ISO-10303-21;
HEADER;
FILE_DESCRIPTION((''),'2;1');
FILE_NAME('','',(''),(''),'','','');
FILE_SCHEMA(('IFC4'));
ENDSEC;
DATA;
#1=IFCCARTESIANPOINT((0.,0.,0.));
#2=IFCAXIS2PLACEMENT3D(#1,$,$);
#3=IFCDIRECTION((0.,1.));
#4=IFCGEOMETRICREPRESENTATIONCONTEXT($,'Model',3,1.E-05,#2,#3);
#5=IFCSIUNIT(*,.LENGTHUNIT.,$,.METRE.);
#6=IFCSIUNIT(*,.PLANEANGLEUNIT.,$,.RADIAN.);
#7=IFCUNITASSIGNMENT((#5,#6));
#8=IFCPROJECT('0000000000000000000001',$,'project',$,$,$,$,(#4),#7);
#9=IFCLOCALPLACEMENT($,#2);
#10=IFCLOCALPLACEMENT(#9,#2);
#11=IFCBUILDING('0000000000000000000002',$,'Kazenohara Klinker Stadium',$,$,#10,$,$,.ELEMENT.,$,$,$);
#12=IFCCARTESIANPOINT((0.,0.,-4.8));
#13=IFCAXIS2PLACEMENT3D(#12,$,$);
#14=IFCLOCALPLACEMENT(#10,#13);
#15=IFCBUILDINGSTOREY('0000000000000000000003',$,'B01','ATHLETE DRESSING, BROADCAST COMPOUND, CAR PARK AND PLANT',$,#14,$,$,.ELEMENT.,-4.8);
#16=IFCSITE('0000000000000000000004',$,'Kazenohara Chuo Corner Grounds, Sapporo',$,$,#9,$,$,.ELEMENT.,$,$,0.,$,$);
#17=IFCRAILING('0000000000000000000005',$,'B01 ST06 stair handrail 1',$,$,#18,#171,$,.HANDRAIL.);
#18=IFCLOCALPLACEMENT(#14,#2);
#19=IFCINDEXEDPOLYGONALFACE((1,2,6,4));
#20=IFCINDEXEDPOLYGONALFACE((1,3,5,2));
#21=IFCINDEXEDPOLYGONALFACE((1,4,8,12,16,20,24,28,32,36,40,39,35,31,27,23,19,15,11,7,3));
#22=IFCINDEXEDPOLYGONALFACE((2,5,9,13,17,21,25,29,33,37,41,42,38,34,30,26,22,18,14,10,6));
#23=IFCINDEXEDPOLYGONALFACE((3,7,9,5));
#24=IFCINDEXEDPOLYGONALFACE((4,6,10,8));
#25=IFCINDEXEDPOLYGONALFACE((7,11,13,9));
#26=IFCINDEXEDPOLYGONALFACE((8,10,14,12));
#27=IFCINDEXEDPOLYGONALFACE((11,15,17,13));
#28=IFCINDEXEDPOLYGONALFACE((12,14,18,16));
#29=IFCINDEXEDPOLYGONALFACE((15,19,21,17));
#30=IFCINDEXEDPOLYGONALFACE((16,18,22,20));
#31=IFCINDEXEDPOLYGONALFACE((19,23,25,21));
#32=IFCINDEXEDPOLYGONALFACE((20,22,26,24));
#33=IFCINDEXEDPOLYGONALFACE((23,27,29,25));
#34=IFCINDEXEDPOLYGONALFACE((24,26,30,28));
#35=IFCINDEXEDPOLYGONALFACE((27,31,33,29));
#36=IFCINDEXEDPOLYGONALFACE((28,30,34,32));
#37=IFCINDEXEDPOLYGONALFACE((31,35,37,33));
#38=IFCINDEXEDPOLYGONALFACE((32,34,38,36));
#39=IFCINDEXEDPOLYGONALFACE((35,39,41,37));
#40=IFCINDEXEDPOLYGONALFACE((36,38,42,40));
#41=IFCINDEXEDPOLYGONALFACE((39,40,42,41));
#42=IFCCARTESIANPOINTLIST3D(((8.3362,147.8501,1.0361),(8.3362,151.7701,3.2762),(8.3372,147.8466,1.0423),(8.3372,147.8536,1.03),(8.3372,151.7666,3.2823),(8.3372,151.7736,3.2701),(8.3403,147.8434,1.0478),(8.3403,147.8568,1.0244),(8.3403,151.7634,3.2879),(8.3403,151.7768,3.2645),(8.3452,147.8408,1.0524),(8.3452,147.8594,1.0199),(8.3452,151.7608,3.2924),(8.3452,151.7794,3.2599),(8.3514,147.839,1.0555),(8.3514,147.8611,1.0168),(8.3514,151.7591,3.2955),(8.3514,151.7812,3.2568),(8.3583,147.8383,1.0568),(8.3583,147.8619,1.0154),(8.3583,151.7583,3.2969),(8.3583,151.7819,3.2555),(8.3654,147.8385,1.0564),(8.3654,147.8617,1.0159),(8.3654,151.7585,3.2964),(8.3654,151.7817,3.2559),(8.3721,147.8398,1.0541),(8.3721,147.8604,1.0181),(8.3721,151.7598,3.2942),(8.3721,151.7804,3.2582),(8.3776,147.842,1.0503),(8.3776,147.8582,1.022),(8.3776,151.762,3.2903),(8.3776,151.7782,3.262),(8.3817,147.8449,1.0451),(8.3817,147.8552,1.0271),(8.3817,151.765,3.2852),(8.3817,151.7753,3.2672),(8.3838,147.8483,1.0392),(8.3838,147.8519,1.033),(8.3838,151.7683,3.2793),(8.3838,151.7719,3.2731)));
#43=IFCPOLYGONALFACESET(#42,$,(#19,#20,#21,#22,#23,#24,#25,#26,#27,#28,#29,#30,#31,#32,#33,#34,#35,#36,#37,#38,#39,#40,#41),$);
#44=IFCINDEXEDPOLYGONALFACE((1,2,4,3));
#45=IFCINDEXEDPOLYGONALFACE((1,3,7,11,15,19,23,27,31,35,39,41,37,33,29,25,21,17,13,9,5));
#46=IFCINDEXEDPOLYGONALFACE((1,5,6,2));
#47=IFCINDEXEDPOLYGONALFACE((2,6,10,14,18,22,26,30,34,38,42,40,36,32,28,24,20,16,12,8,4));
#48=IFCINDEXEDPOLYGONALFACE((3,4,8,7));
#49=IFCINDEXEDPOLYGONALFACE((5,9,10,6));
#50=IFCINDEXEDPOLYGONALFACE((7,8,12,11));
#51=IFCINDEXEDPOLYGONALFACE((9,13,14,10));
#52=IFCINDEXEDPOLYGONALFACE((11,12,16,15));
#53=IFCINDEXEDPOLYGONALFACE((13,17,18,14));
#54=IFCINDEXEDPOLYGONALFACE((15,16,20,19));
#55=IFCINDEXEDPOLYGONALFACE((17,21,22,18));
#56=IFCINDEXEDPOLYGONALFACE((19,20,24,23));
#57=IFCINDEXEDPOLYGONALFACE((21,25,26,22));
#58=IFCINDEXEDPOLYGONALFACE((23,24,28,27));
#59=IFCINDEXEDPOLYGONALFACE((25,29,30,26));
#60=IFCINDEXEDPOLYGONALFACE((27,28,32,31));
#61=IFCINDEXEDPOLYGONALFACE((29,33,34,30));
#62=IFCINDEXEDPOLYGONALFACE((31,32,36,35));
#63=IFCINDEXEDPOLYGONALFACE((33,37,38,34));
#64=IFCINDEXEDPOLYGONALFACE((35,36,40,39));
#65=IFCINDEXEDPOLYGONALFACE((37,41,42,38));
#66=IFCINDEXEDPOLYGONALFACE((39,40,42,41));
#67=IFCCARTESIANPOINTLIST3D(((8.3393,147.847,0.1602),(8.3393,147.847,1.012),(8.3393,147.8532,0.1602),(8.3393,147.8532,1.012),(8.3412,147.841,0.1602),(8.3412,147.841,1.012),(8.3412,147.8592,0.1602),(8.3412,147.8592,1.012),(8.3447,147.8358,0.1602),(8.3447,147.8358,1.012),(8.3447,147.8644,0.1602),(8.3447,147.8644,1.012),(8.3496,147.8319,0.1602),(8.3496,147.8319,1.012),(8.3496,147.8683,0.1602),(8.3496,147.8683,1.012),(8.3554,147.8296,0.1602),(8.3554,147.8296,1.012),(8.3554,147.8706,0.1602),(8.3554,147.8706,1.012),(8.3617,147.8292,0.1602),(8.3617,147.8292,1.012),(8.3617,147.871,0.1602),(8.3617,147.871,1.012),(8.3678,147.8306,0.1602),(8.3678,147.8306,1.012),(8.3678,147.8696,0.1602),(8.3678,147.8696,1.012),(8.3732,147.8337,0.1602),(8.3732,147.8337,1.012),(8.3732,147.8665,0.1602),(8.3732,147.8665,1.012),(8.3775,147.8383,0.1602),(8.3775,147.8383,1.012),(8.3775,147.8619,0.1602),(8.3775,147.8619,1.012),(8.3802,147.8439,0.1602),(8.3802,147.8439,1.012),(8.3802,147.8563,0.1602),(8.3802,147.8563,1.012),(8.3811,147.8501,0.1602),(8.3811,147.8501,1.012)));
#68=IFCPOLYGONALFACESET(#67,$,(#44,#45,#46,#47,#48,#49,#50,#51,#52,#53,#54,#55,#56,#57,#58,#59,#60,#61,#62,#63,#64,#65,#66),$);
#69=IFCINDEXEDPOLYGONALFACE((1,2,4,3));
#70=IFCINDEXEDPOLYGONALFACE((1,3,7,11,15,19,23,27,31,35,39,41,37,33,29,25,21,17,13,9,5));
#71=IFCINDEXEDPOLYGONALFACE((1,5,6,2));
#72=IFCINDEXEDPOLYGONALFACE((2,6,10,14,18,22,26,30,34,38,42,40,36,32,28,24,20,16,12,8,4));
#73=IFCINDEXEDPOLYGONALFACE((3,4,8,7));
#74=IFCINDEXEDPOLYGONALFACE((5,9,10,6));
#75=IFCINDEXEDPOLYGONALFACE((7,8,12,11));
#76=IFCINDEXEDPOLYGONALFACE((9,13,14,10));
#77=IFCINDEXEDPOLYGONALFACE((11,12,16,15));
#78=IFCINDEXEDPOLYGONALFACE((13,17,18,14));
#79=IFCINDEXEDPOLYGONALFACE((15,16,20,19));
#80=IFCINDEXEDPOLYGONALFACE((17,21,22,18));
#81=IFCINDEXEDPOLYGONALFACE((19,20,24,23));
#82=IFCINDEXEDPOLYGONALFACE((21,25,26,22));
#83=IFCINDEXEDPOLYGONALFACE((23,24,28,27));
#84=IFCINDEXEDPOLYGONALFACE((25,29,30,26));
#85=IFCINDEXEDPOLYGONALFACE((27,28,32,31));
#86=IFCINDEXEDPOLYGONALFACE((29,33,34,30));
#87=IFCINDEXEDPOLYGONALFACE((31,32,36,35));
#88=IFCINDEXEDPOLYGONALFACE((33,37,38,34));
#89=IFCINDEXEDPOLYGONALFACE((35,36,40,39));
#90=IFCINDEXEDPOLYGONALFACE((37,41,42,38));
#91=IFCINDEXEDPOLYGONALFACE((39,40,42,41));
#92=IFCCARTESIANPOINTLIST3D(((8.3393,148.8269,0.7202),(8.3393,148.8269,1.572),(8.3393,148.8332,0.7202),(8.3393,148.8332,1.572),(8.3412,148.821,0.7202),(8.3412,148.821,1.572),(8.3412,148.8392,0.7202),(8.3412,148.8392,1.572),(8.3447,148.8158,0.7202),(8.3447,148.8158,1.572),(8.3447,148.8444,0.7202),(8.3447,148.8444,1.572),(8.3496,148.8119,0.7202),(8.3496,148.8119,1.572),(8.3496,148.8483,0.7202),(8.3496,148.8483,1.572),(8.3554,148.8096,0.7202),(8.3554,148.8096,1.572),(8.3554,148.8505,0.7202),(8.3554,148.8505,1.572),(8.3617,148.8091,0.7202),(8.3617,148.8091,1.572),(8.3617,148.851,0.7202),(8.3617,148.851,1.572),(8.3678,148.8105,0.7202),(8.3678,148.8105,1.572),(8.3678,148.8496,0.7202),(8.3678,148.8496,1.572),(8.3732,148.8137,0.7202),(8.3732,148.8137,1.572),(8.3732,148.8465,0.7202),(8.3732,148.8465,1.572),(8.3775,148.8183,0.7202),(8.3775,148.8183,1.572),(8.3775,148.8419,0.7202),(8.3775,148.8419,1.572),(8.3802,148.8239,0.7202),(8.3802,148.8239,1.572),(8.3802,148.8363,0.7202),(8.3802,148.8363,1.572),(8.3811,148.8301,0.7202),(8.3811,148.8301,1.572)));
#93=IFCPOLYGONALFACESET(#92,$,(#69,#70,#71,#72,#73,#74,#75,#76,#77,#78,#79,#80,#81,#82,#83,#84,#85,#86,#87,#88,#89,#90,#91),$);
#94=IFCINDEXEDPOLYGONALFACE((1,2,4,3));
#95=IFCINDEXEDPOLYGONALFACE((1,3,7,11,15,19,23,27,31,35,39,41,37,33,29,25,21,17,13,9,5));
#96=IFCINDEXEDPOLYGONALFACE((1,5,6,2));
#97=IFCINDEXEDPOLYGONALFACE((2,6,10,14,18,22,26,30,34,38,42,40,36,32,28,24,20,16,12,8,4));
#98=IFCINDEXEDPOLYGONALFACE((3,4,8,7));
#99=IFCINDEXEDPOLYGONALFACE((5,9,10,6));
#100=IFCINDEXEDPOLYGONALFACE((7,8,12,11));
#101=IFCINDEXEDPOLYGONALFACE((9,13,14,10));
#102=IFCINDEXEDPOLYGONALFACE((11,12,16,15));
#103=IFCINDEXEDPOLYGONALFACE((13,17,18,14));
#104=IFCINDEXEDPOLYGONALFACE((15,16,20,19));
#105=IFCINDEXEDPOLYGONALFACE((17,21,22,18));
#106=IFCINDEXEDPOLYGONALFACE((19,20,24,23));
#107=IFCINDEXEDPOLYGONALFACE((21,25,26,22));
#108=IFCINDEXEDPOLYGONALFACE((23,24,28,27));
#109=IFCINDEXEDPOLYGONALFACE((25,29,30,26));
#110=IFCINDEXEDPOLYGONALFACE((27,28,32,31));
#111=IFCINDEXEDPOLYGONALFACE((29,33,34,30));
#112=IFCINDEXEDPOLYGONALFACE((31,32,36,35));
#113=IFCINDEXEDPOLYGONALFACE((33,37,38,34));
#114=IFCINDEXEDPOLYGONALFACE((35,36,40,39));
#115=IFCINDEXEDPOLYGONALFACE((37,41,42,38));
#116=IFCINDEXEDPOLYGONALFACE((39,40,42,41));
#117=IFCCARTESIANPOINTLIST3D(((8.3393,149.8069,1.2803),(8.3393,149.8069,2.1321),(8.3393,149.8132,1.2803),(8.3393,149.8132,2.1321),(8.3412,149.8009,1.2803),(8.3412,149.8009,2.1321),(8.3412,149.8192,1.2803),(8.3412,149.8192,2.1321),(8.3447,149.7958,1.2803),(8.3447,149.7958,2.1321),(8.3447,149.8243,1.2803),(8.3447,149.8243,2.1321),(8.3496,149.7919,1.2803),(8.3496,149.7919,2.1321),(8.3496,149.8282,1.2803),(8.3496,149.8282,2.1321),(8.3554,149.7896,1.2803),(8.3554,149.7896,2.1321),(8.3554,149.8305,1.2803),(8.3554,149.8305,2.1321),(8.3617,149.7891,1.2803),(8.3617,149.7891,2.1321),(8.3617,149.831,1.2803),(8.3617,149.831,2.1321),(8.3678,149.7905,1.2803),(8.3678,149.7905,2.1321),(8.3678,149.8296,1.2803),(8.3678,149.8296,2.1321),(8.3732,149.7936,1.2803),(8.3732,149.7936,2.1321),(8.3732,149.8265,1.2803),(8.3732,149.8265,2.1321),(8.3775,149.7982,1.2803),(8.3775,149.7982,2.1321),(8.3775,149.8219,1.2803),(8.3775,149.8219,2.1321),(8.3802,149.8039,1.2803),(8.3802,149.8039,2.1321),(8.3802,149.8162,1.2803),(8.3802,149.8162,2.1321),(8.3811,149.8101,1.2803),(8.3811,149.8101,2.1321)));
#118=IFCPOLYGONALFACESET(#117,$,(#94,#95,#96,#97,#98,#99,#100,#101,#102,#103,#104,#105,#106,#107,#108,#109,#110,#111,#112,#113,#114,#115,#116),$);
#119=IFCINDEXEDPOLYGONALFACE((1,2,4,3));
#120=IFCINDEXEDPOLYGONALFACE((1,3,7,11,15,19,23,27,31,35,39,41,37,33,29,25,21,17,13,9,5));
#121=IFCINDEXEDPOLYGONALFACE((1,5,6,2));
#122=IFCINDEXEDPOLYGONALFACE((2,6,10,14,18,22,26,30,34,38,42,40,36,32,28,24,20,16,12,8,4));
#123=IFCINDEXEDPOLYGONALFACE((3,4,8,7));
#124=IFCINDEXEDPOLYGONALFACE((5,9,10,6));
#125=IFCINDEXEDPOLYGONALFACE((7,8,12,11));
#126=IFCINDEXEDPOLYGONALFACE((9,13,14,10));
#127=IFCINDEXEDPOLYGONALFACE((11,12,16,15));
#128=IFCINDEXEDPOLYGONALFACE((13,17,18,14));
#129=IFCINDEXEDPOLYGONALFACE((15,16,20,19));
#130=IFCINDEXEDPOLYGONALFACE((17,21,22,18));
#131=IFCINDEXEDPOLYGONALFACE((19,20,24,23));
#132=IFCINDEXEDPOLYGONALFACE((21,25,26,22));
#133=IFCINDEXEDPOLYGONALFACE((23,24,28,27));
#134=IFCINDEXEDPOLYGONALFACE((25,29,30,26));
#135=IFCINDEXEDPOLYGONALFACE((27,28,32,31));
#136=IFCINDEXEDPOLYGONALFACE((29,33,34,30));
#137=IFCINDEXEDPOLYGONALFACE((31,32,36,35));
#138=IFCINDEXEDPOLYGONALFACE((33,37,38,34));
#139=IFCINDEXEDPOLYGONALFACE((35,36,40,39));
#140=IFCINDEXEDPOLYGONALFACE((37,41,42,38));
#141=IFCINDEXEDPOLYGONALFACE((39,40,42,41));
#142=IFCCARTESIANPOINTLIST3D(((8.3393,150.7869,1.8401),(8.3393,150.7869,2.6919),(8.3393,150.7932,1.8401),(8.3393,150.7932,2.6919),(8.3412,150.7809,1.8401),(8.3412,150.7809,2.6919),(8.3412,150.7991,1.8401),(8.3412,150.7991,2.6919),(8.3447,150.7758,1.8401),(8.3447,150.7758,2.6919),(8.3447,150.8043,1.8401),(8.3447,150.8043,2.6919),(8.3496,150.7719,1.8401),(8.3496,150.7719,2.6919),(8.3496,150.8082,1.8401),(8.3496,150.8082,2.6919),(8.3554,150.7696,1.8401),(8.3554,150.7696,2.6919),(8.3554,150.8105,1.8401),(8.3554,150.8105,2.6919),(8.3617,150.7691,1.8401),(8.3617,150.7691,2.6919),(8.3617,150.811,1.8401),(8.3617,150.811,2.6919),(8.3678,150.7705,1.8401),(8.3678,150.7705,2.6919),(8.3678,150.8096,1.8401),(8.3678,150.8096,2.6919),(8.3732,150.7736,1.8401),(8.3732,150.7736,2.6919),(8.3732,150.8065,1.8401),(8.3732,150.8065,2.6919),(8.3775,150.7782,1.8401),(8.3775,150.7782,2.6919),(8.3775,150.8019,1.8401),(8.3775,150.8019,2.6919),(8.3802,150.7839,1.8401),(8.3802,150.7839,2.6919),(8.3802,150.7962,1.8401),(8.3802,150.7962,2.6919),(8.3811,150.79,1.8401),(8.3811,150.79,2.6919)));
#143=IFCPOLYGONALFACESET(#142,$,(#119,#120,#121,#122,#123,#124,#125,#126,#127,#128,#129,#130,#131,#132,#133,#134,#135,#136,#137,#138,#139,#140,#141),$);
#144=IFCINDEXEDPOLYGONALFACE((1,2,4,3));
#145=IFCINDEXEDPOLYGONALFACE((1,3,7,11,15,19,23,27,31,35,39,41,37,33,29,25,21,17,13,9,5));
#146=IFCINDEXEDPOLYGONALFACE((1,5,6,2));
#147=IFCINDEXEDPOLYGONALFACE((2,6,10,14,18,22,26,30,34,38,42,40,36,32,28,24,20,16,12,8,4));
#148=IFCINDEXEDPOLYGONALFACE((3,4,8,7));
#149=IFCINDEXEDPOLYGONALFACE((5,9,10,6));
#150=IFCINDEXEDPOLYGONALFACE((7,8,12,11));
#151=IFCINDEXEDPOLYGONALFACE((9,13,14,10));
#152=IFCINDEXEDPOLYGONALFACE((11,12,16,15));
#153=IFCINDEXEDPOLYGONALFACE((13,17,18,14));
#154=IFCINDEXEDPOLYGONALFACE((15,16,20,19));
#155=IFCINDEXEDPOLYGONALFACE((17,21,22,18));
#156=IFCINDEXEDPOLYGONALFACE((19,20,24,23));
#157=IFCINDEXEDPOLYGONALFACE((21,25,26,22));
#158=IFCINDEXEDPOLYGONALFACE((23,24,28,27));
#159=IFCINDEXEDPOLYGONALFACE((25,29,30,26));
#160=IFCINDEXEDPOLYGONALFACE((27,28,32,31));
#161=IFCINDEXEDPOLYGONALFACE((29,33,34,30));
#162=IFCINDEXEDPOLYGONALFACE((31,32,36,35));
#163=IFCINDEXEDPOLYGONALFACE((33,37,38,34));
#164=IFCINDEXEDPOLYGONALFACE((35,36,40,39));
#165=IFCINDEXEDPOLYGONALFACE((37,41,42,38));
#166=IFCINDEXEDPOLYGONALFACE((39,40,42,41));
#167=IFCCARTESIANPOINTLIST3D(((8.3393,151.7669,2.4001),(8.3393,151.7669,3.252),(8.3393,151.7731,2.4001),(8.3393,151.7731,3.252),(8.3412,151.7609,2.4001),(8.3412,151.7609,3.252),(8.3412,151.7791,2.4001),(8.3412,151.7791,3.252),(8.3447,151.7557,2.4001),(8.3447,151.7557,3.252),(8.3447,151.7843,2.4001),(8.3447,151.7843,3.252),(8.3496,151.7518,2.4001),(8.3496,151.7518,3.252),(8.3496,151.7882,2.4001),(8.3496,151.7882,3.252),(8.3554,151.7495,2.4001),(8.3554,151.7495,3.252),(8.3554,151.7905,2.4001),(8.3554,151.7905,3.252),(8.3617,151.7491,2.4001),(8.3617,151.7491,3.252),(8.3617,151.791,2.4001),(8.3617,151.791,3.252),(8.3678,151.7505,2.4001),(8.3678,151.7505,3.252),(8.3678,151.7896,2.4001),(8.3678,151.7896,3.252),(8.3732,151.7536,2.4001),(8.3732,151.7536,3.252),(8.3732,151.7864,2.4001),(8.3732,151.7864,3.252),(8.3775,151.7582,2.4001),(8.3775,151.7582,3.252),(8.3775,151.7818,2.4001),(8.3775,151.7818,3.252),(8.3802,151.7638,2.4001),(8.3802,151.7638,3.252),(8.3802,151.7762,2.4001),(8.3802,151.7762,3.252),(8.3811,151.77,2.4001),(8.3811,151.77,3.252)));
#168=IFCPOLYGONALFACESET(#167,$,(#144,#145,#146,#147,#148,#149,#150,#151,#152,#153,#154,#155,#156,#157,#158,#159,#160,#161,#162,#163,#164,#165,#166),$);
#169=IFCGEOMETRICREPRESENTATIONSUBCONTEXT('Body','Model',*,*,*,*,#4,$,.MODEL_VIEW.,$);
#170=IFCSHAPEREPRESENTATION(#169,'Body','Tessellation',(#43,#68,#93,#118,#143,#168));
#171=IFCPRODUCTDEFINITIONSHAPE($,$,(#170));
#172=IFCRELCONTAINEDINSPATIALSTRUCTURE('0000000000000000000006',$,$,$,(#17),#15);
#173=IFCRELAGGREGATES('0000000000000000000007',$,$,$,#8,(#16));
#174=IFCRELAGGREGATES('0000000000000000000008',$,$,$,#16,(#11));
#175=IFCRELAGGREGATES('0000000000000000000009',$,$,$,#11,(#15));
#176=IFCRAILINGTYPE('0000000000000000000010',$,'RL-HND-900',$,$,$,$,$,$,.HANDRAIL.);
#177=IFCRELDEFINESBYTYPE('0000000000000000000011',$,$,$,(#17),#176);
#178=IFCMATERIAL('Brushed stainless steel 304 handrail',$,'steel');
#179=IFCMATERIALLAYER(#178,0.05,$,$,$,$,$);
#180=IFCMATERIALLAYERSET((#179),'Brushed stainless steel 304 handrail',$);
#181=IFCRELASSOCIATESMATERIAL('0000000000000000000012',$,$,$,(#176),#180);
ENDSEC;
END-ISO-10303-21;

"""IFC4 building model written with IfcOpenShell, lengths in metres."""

from ifc_helpers import new_model, si_unit, direction, frame, origin, origin_2d, place, context, subcontext, project, spatial, circle, extrude, material, layer, layer_set, type_object, element, save


model = new_model("IFC4")

# Units and contexts
model_context = context("Model", 3, precision=1e-05, world=origin(), true_north=direction((0.0, 1.0)))
body_context = subcontext(model_context, "Body", "Model", "MODEL_VIEW")
ifc_project = project(units=[si_unit("LENGTHUNIT", "METRE"), si_unit("PLANEANGLEUNIT", "RADIAN")], contexts=[model_context])

# Site, building, storey
site_placement = place(None, origin())
site = spatial("IfcSite", under=ifc_project, at=site_placement, Name="Kazenohara Chuo Corner Grounds, Sapporo", CompositionType="ELEMENT", RefElevation=0.0)
building_placement = place(site_placement, origin())
building = spatial("IfcBuilding", under=site, at=building_placement, Name="Kazenohara Klinker Stadium", CompositionType="ELEMENT")
storey_placement = place(building_placement, frame((0.0, 0.0, -4.8)))
storey = spatial("IfcBuildingStorey", under=building, at=storey_placement, Name="B01", Description="ATHLETE DRESSING, BROADCAST COMPOUND, CAR PARK AND PLANT", CompositionType="ELEMENT", Elevation=-4.8)

# Railing
ifc_material_1 = material(Name="Brushed stainless steel 304 handrail", Category="steel")
ifc_layer_1 = layer(ifc_material_1, 0.05)
ifc_layer_set_1 = layer_set([ifc_layer_1], Name="Brushed stainless steel 304 handrail")
railing_type_1 = type_object("IfcRailingType", Name="RL-HND-900", PredefinedType="HANDRAIL", material=ifc_layer_set_1)
railing_1_placement = place(storey_placement, frame((8.3601, 147.8501, 0.1602)))
element("IfcRailing", 1, at=railing_1_placement, inside=storey, type_object=railing_type_1, Name="B01 ST06 stair handrail 1", PredefinedType="HANDRAIL", context=body_context, shape_type="SweptSolid", body=[
    extrude(circle(Radius=0.0239, at=origin_2d()), frame((0.0, 0.0, 0.876), z_axis=(0.0, 0.86824, 0.496145), x_axis=(-1.0, 0.0, 0.0)), (0.0, 0.0, 1.0), 4.5149),
    extrude(circle(Radius=0.021, at=origin_2d()), origin(), (0.0, 0.0, 1.0), 0.8518),
    extrude(circle(Radius=0.021, at=origin_2d()), frame((0.0, 0.98, 0.5601)), (0.0, 0.0, 1.0), 0.8518),
    extrude(circle(Radius=0.021, at=origin_2d()), frame((0.0, 1.96, 1.1201)), (0.0, 0.0, 1.0), 0.8518),
    extrude(circle(Radius=0.021, at=origin_2d()), frame((0.0, 2.9399, 1.6799)), (0.0, 0.0, 1.0), 0.8518),
    extrude(circle(Radius=0.021, at=origin_2d()), frame((0.0, 3.9199, 2.24)), (0.0, 0.0, 1.0), 0.8518),
])

save(model, "model.ifc")
